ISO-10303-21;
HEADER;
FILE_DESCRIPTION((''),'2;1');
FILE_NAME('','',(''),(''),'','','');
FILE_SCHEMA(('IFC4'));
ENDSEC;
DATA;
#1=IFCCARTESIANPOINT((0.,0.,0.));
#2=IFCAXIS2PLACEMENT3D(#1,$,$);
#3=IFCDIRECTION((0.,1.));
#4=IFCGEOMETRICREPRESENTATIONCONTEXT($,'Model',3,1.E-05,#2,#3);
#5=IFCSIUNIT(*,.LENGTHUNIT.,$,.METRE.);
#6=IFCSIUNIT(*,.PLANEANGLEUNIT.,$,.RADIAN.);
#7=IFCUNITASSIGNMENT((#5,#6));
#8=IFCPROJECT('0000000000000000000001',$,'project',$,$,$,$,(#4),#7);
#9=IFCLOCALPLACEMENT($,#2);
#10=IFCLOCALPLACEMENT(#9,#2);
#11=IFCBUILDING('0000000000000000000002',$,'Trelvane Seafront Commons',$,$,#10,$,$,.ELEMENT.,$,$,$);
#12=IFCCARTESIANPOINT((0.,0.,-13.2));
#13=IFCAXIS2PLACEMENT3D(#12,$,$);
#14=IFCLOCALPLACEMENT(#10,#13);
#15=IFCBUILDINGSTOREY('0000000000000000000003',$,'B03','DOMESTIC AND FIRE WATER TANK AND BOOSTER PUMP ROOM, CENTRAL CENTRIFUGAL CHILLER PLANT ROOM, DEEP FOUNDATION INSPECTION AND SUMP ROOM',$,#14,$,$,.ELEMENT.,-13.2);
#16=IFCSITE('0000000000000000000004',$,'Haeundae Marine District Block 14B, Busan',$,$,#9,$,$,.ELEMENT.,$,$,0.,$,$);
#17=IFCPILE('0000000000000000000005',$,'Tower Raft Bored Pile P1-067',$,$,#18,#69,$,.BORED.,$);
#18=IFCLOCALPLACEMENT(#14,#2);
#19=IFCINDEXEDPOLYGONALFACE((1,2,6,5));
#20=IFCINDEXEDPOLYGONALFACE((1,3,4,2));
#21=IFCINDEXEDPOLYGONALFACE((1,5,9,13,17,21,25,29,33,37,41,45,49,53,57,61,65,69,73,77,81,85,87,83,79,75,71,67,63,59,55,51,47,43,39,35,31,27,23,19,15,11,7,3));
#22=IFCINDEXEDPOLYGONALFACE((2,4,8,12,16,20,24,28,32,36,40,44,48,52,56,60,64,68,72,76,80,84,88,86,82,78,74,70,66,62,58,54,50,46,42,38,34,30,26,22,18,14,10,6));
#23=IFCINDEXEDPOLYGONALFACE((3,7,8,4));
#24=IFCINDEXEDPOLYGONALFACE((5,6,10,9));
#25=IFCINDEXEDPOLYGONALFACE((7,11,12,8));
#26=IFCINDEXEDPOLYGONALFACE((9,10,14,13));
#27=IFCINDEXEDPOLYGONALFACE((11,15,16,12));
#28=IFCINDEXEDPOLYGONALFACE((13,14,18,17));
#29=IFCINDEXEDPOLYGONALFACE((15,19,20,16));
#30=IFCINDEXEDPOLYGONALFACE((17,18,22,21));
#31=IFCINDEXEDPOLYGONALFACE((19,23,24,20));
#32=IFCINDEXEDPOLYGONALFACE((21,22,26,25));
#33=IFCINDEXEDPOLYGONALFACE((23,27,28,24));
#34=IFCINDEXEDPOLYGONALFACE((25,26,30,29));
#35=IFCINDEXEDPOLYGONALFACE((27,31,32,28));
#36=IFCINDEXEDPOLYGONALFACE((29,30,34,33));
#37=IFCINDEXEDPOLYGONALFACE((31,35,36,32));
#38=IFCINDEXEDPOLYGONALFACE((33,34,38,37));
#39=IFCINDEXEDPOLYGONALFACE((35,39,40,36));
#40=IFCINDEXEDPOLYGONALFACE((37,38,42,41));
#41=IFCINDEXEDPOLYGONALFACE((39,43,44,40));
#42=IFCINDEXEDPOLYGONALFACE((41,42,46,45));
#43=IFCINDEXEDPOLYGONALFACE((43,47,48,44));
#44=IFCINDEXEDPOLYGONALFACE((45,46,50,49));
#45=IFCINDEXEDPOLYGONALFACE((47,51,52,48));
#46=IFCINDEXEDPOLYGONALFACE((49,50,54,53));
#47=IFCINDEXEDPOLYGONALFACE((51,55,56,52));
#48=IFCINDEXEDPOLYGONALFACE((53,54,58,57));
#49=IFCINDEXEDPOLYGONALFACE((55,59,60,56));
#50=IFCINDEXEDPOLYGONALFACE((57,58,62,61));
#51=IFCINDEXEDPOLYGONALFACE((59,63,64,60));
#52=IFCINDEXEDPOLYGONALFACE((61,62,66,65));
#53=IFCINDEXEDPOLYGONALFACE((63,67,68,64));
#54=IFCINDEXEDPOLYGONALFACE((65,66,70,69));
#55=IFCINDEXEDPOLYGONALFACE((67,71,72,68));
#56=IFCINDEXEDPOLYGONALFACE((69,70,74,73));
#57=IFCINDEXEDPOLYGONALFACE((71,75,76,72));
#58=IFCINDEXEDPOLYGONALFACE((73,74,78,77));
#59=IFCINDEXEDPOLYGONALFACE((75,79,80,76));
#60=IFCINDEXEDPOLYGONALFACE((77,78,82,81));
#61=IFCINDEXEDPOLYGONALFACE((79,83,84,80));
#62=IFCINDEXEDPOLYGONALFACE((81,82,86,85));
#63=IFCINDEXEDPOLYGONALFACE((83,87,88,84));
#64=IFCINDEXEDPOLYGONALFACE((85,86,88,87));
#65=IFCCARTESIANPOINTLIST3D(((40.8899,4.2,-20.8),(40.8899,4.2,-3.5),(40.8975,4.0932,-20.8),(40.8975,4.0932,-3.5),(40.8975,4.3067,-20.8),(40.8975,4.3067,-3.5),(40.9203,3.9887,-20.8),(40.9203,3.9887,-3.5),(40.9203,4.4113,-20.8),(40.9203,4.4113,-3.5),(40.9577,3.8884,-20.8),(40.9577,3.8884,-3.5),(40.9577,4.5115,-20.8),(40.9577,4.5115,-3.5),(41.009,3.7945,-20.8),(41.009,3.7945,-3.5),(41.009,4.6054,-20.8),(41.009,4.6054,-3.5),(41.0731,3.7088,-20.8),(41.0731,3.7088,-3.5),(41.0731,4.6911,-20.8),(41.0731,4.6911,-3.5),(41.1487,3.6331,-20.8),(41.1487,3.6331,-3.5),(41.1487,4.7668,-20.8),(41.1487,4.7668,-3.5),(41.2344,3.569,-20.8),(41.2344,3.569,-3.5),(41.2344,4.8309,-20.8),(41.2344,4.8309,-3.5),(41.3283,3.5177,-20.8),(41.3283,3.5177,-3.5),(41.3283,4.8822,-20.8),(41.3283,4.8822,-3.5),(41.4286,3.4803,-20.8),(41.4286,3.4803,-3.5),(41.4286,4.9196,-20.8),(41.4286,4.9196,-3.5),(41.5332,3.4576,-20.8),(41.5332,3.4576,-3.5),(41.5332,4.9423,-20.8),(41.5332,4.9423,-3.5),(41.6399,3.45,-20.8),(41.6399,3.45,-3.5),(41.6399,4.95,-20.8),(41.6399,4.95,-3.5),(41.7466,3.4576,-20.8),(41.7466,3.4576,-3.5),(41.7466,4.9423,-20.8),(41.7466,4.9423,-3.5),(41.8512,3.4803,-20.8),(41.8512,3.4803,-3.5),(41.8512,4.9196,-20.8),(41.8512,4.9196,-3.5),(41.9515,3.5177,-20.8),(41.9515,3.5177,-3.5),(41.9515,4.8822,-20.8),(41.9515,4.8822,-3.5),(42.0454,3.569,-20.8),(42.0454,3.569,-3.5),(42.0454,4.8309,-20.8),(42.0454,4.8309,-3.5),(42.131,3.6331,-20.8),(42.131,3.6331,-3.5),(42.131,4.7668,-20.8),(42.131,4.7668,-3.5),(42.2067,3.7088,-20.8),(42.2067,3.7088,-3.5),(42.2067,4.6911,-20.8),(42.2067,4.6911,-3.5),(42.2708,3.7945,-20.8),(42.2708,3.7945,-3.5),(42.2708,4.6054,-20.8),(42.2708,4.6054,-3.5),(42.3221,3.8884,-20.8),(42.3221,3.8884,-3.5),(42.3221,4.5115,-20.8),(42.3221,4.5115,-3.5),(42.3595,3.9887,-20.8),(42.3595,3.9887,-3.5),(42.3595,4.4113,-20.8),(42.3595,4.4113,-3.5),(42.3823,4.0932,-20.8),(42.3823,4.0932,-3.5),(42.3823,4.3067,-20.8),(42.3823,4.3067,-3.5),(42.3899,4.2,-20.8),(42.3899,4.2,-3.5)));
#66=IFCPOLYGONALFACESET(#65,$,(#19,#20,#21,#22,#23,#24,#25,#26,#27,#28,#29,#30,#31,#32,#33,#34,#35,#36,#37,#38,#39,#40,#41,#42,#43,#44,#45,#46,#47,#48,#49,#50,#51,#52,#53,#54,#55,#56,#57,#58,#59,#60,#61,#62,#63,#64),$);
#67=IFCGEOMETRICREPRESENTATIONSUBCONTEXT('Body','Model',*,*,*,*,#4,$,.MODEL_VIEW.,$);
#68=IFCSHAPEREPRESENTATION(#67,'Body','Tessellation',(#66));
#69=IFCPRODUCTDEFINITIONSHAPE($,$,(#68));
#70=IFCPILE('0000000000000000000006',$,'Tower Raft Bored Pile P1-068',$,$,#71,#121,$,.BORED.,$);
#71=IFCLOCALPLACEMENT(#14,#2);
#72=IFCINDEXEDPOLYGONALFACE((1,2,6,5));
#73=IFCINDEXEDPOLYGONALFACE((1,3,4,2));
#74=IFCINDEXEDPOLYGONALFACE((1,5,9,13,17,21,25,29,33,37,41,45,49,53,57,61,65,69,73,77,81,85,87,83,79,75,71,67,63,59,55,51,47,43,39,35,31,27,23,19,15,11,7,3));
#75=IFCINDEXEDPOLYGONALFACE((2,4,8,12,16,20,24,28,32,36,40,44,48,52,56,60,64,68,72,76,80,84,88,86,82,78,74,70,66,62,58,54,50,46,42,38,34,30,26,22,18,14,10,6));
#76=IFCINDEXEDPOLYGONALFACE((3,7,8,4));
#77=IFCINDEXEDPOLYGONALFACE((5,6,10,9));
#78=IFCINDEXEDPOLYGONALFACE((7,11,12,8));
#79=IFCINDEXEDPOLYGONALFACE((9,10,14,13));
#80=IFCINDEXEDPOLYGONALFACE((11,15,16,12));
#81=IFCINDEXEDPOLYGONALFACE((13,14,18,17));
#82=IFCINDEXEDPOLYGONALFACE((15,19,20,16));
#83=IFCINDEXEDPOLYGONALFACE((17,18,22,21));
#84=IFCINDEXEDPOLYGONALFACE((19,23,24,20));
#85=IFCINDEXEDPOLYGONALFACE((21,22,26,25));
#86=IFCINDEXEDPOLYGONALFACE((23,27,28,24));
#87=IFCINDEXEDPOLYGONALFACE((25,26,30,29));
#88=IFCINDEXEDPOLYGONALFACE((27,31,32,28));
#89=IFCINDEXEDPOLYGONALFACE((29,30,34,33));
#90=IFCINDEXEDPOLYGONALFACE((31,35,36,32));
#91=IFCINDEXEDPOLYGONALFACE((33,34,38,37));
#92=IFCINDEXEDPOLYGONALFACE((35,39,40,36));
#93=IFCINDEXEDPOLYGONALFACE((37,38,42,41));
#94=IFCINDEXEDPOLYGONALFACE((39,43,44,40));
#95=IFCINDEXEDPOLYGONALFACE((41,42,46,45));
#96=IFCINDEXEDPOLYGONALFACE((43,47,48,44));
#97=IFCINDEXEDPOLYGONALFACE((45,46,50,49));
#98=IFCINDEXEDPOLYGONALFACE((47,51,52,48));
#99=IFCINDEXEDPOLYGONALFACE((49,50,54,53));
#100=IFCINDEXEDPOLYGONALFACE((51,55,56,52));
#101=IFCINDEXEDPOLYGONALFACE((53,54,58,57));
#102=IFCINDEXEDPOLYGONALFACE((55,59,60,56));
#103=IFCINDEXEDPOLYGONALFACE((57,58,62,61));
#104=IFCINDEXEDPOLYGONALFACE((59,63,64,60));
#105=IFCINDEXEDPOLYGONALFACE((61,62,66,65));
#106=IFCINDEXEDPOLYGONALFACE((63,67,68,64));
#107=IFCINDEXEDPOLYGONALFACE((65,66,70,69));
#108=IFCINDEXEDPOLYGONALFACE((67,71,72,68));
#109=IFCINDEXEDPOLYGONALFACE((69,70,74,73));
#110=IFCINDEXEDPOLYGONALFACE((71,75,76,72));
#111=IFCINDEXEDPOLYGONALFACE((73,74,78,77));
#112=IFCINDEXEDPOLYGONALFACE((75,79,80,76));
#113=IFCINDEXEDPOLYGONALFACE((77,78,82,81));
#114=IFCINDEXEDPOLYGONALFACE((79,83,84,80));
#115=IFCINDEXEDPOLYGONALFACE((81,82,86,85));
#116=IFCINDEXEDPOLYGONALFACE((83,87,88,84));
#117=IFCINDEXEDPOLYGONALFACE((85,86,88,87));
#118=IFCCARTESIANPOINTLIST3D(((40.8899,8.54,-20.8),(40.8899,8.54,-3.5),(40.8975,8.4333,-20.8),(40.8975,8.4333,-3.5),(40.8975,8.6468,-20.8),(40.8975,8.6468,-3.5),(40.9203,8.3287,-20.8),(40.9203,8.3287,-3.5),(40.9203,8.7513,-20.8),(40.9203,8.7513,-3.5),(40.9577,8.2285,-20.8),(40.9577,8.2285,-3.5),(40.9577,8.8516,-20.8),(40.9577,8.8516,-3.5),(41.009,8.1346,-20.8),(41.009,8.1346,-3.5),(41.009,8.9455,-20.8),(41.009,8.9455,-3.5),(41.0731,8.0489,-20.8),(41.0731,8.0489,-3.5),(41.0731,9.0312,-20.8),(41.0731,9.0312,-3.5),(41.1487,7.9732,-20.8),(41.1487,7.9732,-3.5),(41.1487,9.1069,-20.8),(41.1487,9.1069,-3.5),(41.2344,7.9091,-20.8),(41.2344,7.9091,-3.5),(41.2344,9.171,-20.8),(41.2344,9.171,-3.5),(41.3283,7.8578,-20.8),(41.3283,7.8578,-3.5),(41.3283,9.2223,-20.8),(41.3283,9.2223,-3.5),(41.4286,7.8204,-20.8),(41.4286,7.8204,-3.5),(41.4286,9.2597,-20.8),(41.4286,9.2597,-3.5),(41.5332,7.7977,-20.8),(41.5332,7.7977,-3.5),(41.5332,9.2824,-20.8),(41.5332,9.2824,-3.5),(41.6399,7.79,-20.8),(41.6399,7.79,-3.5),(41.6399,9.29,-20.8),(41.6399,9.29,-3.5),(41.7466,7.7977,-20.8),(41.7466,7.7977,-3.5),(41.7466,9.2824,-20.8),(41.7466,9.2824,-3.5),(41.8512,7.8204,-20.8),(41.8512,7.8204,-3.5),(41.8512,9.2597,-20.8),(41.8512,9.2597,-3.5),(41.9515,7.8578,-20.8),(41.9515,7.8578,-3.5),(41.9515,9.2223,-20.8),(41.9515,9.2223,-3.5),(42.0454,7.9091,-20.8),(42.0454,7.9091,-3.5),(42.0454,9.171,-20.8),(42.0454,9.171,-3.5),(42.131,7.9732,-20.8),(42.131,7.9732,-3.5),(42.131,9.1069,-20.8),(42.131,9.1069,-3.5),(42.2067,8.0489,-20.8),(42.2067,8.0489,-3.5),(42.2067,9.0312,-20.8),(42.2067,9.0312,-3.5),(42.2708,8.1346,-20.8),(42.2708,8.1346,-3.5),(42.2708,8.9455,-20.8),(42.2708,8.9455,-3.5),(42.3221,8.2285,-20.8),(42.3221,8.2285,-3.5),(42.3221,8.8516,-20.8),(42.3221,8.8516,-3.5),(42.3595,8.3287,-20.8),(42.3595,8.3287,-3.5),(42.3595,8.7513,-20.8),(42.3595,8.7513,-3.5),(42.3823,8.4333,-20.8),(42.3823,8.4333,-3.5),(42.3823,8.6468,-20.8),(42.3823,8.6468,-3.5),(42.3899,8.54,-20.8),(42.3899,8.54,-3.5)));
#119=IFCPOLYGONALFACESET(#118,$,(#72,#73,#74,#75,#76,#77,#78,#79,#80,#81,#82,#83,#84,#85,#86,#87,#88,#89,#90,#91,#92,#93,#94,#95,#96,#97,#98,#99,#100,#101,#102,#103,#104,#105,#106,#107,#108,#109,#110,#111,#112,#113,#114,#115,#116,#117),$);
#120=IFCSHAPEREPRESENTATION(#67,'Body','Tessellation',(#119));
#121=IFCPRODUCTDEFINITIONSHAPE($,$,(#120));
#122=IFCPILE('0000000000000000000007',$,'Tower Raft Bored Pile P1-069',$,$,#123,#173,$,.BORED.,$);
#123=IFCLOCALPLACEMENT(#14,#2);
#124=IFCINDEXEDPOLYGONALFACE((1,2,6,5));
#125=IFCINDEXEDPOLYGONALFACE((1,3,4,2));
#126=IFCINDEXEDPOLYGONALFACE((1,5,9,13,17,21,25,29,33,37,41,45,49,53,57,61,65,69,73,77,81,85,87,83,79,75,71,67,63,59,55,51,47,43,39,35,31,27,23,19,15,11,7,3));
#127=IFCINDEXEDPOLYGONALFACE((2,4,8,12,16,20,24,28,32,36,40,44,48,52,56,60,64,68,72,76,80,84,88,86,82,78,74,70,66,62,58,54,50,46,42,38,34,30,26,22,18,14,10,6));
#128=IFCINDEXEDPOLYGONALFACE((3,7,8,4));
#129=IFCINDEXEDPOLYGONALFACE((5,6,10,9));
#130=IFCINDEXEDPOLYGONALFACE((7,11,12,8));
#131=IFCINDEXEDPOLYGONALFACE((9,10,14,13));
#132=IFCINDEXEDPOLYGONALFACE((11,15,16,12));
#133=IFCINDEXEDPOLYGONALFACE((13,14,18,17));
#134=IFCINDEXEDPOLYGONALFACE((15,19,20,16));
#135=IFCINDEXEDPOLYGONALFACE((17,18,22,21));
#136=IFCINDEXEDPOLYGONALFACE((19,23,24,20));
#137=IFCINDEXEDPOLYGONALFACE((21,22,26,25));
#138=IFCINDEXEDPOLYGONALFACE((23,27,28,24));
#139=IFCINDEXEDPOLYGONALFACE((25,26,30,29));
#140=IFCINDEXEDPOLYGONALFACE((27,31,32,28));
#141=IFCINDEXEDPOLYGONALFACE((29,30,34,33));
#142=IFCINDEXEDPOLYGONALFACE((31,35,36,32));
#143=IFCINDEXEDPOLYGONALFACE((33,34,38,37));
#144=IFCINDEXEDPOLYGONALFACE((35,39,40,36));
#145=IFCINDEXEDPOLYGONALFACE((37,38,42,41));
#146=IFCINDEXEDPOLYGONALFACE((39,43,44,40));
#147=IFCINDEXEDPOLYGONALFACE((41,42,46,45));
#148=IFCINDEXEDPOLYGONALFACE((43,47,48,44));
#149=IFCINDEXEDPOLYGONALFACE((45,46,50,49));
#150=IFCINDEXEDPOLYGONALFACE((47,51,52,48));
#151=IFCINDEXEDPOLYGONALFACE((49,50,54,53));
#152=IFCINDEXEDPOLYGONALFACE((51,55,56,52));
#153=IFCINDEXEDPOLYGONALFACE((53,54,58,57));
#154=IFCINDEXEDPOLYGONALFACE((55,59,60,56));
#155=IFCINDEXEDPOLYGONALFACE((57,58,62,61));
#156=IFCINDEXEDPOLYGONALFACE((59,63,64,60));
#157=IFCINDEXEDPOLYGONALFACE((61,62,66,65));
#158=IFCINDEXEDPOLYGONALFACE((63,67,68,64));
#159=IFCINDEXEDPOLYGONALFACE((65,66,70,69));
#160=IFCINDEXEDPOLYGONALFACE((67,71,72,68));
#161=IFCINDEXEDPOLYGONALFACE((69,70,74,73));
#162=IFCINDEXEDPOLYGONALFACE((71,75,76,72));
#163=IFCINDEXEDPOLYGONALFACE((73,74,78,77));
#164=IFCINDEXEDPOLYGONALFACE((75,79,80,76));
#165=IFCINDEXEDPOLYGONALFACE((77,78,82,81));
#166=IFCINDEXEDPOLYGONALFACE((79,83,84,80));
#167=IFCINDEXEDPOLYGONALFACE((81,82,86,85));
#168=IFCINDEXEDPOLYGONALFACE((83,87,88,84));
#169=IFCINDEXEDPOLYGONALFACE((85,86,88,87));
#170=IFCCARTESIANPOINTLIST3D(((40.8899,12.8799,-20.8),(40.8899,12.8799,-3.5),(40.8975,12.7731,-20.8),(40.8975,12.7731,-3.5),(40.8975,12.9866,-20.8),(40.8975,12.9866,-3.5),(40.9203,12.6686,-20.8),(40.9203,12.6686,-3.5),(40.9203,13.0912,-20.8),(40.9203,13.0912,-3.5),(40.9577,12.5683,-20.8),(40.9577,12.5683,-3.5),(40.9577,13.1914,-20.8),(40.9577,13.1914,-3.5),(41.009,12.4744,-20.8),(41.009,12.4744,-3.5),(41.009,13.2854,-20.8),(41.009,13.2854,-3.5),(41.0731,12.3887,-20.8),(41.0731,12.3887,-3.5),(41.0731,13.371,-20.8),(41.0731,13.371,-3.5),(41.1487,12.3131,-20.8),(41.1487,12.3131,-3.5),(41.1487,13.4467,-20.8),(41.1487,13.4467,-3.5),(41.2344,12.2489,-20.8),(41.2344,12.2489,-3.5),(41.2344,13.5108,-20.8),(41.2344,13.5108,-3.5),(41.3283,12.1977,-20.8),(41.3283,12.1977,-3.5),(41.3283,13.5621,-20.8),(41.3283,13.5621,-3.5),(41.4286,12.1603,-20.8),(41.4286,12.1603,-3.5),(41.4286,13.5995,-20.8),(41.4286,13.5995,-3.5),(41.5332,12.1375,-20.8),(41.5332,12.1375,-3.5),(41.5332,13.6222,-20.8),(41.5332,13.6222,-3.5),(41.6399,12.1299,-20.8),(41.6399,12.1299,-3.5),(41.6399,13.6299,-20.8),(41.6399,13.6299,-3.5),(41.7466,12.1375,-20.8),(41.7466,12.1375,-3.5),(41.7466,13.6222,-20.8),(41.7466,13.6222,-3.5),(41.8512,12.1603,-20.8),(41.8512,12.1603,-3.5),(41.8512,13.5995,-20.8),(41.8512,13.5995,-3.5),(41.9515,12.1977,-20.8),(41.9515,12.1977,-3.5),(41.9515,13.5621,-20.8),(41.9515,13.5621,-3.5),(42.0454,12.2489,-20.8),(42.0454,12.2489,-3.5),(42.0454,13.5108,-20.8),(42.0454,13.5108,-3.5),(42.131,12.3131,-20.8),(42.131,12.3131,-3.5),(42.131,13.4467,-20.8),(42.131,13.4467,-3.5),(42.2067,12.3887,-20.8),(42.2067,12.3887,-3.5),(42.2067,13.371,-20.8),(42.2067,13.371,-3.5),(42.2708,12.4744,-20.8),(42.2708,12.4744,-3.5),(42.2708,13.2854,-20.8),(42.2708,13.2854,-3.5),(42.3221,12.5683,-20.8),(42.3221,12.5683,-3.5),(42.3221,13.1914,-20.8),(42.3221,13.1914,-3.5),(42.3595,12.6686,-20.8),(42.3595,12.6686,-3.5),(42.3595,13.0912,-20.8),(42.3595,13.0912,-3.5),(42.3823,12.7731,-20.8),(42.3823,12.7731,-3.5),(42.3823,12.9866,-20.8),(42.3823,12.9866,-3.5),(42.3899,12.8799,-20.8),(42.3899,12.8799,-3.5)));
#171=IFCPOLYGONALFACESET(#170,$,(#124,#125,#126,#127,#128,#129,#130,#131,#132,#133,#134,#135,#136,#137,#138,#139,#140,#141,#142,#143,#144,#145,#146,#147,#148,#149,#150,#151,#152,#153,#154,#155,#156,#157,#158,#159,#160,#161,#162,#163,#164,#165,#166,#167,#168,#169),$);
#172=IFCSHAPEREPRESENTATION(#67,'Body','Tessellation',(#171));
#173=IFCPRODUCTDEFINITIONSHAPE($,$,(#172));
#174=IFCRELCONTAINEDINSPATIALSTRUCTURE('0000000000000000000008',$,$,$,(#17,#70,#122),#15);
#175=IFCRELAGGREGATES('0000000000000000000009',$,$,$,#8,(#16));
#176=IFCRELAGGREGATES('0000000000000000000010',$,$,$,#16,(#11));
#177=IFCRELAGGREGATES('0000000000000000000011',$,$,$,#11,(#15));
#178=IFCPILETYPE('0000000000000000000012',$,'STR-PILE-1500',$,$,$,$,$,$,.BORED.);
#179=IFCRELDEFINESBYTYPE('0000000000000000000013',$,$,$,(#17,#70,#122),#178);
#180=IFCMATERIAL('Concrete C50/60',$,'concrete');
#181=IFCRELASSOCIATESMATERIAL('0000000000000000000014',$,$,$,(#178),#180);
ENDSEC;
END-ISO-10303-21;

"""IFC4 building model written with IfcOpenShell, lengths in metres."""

from ifc_helpers import new_model, si_unit, direction, frame, origin, origin_2d, place, context, subcontext, project, spatial, circle, extrude, source, transform, mapped, material, material_profile, profile_set, type_object, element, save


model = new_model("IFC4")

# Units and contexts
model_context = context("Model", 3, precision=1e-05, world=origin(), true_north=direction((0.0, 1.0)))
body_context = subcontext(model_context, "Body", "Model", "MODEL_VIEW")
ifc_project = project(units=[si_unit("LENGTHUNIT", "METRE"), si_unit("PLANEANGLEUNIT", "RADIAN")], contexts=[model_context])

# Site, building, storey
site_placement = place(None, origin())
site = spatial("IfcSite", under=ifc_project, at=site_placement, Name="Haeundae Marine District Block 14B, Busan", CompositionType="ELEMENT", RefElevation=0.0)
building_placement = place(site_placement, origin())
building = spatial("IfcBuilding", under=site, at=building_placement, Name="Trelvane Seafront Commons", CompositionType="ELEMENT")
storey_placement = place(building_placement, frame((0.0, 0.0, -13.2)))
storey = spatial("IfcBuildingStorey", under=building, at=storey_placement, Name="B03", Description="DOMESTIC AND FIRE WATER TANK AND BOOSTER PUMP ROOM, CENTRAL CENTRIFUGAL CHILLER PLANT ROOM, DEEP FOUNDATION INSPECTION AND SUMP ROOM", CompositionType="ELEMENT", Elevation=-13.2)

# Piles
ifc_material_1 = material(Name="Concrete C50/60", Category="concrete")
ifc_material_profile_1 = material_profile(ifc_material_1, circle(Radius=0.75, at=origin_2d()), Name="PILE-1500")
ifc_profile_set_1 = profile_set([ifc_material_profile_1], Name="Concrete C50/60")
pile_type = type_object("IfcPileType", Name="STR-PILE-1500", PredefinedType="BORED", material=ifc_profile_set_1)
shared_shape_1 = source(origin(), body_context, "Body", "SweptSolid", [
    extrude(circle(Radius=0.75, at=origin_2d()), origin(), (0.0, 0.0, 1.0), 17.3),
])
for number, where, z_axis, x_axis, name in (
    (1, (41.6399, 4.2, -3.5), (0.0, 0.0, -1.0), (1.0, 0.0, 0.0), "Tower Raft Bored Pile P1-067"),
    (2, (41.6399, 8.54, -3.5), (0.0, 0.0, -1.0), (1.0, 0.0, 0.0), "Tower Raft Bored Pile P1-068"),
    (3, (41.6399, 12.8799, -3.5), (0.0, 0.0, -1.0), (1.0, 0.0, 0.0), "Tower Raft Bored Pile P1-069"),
):
    element("IfcPile", number, at=place(storey_placement, frame(where, z_axis=z_axis, x_axis=x_axis)), inside=storey, type_object=pile_type, Name=name, PredefinedType="BORED", context=body_context, shape_type="MappedRepresentation", body=[
        mapped(shared_shape_1, transform((0.0, 0.0, 0.0), x_axis=(1.0, 0.0, 0.0), y_axis=(0.0, 1.0, 0.0), z_axis=(0.0, 0.0, 1.0), scale=1.0)),
    ])

save(model, "model.ifc")
